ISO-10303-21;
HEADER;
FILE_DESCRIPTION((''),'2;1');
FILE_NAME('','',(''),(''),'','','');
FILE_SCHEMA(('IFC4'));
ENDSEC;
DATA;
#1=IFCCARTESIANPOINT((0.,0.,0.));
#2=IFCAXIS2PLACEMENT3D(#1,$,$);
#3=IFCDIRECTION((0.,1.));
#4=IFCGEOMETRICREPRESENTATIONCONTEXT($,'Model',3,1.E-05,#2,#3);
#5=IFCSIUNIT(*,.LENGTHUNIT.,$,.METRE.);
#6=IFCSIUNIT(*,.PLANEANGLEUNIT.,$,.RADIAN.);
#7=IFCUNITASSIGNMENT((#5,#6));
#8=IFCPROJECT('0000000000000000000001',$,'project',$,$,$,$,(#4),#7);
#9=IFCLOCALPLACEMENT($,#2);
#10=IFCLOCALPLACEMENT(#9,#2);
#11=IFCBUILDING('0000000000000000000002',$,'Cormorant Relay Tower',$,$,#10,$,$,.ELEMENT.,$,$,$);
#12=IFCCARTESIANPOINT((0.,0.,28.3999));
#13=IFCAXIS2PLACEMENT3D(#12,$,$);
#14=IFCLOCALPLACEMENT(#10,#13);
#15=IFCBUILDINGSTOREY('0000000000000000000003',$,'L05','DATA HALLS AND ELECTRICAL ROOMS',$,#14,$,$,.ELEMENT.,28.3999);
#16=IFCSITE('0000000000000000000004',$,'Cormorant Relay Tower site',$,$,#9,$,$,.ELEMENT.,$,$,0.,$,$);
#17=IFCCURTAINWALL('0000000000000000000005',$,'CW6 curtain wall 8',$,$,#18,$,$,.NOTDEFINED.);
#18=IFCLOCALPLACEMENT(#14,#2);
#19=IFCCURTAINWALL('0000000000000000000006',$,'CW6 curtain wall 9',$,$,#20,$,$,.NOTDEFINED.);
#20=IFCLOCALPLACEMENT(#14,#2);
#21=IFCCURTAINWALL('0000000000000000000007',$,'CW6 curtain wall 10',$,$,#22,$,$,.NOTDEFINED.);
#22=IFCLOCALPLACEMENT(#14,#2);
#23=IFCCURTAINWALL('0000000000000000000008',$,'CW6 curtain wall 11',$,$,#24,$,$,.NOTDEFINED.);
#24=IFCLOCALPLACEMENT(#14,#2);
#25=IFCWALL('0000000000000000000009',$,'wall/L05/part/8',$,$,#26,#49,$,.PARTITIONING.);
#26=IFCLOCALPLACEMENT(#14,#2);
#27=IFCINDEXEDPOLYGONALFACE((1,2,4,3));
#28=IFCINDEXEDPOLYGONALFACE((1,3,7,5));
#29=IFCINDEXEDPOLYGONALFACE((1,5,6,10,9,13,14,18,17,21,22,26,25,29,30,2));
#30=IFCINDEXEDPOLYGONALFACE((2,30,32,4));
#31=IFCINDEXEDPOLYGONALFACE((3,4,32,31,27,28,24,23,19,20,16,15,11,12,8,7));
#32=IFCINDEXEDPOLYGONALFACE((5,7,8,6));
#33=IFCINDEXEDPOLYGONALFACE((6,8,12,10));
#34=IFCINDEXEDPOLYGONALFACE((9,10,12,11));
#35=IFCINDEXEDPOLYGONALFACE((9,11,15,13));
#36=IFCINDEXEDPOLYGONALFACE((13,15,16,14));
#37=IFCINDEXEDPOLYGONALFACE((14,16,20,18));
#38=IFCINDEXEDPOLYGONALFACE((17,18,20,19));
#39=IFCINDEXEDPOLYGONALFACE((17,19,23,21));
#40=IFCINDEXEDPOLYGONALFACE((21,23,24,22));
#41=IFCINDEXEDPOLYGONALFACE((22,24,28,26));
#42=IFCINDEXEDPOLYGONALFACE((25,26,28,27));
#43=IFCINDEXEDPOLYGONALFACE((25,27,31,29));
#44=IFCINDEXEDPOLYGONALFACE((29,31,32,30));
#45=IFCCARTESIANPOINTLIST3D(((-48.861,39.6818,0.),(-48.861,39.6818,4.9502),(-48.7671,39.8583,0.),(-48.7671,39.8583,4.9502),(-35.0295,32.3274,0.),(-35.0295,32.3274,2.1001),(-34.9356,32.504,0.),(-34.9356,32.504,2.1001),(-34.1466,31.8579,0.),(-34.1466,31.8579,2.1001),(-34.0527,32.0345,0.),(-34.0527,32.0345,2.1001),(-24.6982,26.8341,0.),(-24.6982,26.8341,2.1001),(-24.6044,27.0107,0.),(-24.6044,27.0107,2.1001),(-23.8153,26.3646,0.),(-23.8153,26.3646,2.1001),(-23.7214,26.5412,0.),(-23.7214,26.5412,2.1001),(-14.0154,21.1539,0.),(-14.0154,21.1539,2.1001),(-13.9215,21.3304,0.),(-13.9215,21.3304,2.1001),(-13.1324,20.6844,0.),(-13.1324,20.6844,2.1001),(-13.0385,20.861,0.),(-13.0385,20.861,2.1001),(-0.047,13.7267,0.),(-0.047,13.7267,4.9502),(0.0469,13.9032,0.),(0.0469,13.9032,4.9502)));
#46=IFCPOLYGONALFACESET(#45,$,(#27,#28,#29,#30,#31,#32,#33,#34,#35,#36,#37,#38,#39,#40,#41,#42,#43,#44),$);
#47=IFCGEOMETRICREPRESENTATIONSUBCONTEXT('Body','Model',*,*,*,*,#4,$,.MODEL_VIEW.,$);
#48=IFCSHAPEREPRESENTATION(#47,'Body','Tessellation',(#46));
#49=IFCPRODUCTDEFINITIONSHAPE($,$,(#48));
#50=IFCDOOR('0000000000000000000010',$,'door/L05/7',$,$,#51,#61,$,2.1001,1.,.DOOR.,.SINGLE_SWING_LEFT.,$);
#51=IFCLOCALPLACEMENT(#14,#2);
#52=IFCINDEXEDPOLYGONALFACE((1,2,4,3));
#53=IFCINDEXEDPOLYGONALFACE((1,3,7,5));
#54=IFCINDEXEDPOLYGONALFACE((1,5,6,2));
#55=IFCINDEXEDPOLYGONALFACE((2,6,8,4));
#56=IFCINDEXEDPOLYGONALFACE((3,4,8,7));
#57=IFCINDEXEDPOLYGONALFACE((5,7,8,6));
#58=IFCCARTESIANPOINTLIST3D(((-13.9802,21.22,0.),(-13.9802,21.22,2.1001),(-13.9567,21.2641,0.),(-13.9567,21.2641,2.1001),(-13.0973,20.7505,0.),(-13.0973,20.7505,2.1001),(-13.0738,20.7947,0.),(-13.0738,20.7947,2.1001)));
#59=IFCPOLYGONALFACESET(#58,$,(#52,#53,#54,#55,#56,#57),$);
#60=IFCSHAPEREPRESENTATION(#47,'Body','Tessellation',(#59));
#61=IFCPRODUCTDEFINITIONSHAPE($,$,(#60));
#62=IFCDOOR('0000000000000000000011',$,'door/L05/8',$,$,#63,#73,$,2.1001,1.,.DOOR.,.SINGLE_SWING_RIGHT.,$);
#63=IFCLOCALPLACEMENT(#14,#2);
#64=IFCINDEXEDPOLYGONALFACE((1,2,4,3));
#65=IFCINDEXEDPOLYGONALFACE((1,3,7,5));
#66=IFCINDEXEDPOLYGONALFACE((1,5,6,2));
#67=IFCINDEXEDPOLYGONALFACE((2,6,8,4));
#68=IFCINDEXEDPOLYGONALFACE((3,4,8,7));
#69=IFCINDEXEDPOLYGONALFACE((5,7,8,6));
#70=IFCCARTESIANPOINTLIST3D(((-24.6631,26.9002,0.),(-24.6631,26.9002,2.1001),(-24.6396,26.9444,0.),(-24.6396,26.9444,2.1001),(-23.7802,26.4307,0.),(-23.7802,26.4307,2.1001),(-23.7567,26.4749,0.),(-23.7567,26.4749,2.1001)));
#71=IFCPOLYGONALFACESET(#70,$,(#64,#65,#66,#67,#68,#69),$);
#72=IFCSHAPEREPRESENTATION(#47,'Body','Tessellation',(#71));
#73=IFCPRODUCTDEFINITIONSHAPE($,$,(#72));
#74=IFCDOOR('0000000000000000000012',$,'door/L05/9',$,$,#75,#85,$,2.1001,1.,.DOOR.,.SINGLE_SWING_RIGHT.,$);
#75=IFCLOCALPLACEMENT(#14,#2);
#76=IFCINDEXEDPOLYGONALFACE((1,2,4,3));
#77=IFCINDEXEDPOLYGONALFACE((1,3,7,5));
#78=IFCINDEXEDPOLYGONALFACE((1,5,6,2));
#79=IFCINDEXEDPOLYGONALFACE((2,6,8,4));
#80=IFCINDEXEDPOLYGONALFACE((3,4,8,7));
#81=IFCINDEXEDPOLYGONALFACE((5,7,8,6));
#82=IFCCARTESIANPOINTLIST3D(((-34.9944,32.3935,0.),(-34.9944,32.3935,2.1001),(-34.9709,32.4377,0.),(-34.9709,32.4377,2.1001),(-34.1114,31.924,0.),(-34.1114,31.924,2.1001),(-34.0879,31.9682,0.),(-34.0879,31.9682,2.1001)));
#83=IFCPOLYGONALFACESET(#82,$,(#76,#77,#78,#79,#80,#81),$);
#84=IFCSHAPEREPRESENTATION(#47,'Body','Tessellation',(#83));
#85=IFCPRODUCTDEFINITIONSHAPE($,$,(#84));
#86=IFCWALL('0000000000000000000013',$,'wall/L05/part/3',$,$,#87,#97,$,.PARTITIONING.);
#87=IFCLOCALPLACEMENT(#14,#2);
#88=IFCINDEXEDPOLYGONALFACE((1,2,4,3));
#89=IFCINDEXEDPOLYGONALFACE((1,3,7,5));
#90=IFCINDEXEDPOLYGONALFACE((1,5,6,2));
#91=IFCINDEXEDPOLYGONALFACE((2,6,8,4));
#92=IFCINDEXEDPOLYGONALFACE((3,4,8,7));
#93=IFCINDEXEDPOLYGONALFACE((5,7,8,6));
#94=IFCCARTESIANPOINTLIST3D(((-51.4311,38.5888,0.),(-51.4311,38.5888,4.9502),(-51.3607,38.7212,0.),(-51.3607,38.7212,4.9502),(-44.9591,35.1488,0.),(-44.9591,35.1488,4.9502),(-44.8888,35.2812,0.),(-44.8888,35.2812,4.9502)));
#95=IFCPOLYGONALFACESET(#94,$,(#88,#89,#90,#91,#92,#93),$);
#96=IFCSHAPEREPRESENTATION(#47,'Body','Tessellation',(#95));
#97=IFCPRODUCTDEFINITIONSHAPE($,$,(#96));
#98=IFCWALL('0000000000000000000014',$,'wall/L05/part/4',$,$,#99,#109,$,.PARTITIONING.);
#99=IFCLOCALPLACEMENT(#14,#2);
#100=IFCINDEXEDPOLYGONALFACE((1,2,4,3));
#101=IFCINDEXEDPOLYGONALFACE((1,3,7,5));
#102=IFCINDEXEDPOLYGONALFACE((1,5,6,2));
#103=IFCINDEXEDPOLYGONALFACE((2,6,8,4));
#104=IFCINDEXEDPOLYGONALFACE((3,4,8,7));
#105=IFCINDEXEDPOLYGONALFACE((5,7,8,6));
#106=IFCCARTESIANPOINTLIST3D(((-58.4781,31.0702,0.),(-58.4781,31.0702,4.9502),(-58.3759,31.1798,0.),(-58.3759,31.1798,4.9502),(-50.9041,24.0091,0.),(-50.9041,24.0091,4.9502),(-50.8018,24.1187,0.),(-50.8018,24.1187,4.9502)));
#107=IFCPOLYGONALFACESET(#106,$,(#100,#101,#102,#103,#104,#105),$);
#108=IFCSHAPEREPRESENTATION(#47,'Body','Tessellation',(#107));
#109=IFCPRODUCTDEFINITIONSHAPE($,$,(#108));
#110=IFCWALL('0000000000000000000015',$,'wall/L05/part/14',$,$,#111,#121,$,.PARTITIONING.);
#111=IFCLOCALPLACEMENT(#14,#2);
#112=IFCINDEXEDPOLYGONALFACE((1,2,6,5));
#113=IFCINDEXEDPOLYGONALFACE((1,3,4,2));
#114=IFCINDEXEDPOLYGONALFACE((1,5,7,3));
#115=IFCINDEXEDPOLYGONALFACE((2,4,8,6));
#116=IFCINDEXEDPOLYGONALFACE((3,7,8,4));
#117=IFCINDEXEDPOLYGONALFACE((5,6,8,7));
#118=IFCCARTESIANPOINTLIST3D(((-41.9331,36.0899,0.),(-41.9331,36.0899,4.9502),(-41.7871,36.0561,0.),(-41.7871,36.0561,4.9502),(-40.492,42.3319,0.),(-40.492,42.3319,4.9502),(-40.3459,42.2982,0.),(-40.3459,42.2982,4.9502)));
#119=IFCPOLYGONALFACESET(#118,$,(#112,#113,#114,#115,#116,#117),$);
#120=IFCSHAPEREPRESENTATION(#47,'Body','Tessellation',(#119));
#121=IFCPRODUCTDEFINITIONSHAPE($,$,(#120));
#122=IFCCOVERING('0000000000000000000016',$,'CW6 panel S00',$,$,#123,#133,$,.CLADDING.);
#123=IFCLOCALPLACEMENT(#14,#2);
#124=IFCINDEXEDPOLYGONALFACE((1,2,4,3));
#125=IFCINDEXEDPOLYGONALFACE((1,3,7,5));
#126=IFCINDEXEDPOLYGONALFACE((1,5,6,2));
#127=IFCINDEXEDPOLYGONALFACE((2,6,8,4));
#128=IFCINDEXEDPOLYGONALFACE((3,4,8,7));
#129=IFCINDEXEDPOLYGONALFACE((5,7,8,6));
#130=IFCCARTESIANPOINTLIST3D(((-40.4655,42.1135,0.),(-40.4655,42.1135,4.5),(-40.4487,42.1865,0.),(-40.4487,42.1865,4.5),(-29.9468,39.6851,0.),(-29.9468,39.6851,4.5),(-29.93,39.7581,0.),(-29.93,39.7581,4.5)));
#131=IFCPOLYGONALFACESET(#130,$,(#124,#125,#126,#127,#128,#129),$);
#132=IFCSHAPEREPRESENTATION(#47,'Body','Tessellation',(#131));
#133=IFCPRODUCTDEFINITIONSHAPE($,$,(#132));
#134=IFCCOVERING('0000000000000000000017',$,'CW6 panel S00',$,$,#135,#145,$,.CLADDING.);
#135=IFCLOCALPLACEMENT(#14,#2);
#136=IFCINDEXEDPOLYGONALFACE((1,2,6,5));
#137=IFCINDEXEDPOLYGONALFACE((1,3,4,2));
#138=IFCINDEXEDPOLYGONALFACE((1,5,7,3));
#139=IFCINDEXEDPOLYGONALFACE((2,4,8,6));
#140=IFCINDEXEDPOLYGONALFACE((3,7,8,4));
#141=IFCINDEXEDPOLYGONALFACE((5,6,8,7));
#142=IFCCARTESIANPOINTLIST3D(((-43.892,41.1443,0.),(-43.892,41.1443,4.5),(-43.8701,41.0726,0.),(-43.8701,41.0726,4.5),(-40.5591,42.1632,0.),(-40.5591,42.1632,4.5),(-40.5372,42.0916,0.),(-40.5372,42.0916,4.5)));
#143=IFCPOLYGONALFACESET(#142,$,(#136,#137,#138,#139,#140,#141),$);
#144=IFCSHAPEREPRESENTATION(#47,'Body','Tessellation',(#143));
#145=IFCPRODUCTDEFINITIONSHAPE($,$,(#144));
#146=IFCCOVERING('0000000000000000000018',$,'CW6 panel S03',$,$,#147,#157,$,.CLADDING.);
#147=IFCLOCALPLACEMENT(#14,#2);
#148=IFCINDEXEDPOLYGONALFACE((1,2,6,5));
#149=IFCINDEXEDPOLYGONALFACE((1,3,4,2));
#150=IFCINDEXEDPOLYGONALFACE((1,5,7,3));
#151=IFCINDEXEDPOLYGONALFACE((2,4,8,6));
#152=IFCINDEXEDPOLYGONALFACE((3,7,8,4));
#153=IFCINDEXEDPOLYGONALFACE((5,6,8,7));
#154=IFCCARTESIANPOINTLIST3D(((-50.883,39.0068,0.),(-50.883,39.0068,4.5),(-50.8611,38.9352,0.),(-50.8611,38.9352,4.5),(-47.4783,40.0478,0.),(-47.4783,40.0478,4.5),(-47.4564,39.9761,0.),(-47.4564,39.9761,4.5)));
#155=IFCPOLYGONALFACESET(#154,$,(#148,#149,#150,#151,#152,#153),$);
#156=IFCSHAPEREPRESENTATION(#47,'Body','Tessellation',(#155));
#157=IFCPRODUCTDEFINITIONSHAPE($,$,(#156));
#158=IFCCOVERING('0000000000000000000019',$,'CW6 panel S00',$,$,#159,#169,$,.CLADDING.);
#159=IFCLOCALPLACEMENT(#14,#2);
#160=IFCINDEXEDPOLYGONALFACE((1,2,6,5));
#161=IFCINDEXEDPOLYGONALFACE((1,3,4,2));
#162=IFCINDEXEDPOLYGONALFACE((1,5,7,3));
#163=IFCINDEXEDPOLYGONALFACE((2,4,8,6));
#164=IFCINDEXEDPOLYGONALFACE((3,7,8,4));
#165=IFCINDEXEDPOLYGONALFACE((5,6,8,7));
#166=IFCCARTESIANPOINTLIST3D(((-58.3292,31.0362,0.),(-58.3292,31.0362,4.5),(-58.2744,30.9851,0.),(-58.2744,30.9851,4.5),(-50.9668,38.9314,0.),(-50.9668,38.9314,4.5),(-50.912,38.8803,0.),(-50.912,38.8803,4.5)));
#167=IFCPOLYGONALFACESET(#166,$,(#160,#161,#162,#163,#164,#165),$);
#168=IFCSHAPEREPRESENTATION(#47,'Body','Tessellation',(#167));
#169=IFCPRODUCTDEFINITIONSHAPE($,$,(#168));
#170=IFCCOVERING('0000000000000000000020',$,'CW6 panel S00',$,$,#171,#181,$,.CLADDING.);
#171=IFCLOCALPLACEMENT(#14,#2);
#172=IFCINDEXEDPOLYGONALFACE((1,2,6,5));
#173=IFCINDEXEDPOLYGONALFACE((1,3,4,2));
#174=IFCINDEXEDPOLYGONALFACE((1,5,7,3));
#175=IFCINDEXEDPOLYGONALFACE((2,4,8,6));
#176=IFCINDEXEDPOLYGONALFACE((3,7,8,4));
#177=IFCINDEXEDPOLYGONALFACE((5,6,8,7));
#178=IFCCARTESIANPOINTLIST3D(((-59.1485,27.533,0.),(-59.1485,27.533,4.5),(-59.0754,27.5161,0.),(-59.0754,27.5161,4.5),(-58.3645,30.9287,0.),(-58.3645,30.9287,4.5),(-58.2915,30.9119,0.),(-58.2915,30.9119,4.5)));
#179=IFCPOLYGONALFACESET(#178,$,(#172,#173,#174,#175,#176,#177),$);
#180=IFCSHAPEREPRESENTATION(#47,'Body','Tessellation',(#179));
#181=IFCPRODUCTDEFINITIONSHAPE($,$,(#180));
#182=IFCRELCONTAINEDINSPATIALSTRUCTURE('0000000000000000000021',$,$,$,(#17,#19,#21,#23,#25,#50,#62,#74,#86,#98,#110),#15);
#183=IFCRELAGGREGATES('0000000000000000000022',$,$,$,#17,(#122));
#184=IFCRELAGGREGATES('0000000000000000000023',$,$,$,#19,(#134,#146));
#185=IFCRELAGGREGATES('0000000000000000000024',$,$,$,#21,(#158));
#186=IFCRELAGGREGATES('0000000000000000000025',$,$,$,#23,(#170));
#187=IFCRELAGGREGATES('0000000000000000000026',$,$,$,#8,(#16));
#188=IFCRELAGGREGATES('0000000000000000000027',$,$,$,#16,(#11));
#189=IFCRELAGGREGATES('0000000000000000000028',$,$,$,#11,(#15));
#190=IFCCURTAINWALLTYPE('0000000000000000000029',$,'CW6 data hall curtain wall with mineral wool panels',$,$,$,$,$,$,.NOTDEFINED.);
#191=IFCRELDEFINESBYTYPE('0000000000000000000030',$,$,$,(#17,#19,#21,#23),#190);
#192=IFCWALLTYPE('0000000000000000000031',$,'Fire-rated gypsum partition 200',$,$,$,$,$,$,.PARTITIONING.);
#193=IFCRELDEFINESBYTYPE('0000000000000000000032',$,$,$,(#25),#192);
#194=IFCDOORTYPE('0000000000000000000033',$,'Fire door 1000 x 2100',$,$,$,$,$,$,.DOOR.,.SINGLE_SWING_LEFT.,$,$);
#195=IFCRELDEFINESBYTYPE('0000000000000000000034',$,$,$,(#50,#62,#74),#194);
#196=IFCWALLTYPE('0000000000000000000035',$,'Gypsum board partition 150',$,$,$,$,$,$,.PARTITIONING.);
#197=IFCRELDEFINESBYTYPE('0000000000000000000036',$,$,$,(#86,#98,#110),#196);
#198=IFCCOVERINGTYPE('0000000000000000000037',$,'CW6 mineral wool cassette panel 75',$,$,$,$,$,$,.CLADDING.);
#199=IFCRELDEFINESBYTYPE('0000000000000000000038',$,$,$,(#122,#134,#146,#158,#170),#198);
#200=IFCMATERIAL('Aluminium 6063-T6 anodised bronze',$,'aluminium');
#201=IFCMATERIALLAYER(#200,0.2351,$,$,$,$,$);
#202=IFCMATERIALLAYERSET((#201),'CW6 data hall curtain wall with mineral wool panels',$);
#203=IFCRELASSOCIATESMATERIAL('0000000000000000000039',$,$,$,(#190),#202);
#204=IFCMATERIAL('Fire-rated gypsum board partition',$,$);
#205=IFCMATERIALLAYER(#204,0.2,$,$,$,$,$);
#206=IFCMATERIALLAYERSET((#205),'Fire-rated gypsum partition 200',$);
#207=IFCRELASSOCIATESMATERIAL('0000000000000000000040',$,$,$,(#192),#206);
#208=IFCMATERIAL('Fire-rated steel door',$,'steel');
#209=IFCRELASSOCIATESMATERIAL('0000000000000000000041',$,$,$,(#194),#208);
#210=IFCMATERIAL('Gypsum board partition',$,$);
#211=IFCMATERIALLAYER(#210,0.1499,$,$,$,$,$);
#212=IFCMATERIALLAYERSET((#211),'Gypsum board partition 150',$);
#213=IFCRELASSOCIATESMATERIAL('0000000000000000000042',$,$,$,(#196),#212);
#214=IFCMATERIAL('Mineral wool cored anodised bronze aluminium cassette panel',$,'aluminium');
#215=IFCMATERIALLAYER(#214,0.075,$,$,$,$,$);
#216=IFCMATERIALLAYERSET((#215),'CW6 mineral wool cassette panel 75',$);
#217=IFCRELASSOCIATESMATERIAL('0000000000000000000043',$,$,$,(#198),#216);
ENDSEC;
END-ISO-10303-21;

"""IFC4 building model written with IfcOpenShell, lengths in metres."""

from ifc_helpers import new_model, si_unit, direction, frame, frame_2d, origin, origin_2d, place, context, subcontext, project, spatial, rectangle, extrude, material, layer, layer_set, type_object, element, fill, aggregate, save


model = new_model("IFC4")

# Units and contexts
model_context = context("Model", 3, precision=1e-05, world=origin(), true_north=direction((0.0, 1.0)))
body_context = subcontext(model_context, "Body", "Model", "MODEL_VIEW")
ifc_project = project(units=[si_unit("LENGTHUNIT", "METRE"), si_unit("PLANEANGLEUNIT", "RADIAN")], contexts=[model_context])

# Site, building, storey
site_placement = place(None, origin())
site = spatial("IfcSite", under=ifc_project, at=site_placement, Name="Cormorant Relay Tower site", CompositionType="ELEMENT", RefElevation=0.0)
building_placement = place(site_placement, origin())
building = spatial("IfcBuilding", under=site, at=building_placement, Name="Cormorant Relay Tower", CompositionType="ELEMENT")
storey_placement = place(building_placement, frame((0.0, 0.0, 28.3999)))
storey = spatial("IfcBuildingStorey", under=building, at=storey_placement, Name="L05", Description="DATA HALLS AND ELECTRICAL ROOMS", CompositionType="ELEMENT", Elevation=28.3999)

# Curtain wall
ifc_material_1 = material(Name="Aluminium 6063-T6 anodised bronze", Category="aluminium")
ifc_layer_1 = layer(ifc_material_1, 0.2351)
ifc_layer_set_1 = layer_set([ifc_layer_1], Name="CW6 data hall curtain wall with mineral wool panels")
curtain_wall_type = type_object("IfcCurtainWallType", Name="CW6 data hall curtain wall with mineral wool panels", PredefinedType="NOTDEFINED", material=ifc_layer_set_1)
curtain_wall_1_placement = place(storey_placement, origin())
curtain_wall_1 = element("IfcCurtainWall", 1, at=curtain_wall_1_placement, inside=storey, type_object=curtain_wall_type, Name="CW6 curtain wall 8", PredefinedType="NOTDEFINED")

# Curtain walls
curtain_wall_2_placement = place(storey_placement, origin())
curtain_wall_2 = element("IfcCurtainWall", 2, at=curtain_wall_2_placement, inside=storey, type_object=curtain_wall_type, Name="CW6 curtain wall 9", PredefinedType="NOTDEFINED")
curtain_wall_3_placement = place(storey_placement, origin())
curtain_wall_3 = element("IfcCurtainWall", 3, at=curtain_wall_3_placement, inside=storey, type_object=curtain_wall_type, Name="CW6 curtain wall 10", PredefinedType="NOTDEFINED")

# Curtain wall
curtain_wall_4_placement = place(storey_placement, origin())
curtain_wall_4 = element("IfcCurtainWall", 4, at=curtain_wall_4_placement, inside=storey, type_object=curtain_wall_type, Name="CW6 curtain wall 11", PredefinedType="NOTDEFINED")

# Wall, openings, doors
ifc_material_2 = material(Name="Fire-rated gypsum board partition")
ifc_layer_2 = layer(ifc_material_2, 0.2)
ifc_layer_set_2 = layer_set([ifc_layer_2], Name="Fire-rated gypsum partition 200")
wall_type_1 = type_object("IfcWallType", Name="Fire-rated gypsum partition 200", PredefinedType="PARTITIONING", material=ifc_layer_set_2)
wall_1_placement = place(storey_placement, frame((-48.814, 39.77, 0.0), z_axis=(0.0, 0.0, 1.0), x_axis=(0.882946, -0.469475, 0.0)))
wall_1 = element("IfcWall", 5, at=wall_1_placement, inside=storey, type_object=wall_type_1, Name="wall/L05/part/8", PredefinedType="PARTITIONING", context=body_context, shape_type="SweptSolid", body=[
    extrude(rectangle(XDim=55.2854, YDim=0.2, at=frame_2d((27.6426, 0.0))), origin(), (0.0, 0.0, 1.0), 4.9502),
])
opening_1_placement = place(wall_1_placement, frame((39.4651, 0.0, 0.0)))
opening_1 = element("IfcOpeningElement", 6, at=opening_1_placement, cuts=wall_1, PredefinedType="OPENING", context=body_context, shape_type="SweptSolid", body=[
    extrude(rectangle(XDim=1.0, YDim=2.1001, at=frame_2d((0.5, 1.05))), frame((0.0, 0.1099, 0.0), z_axis=(0.0, -1.0, 0.0), x_axis=(1.0, 0.0, 0.0)), (0.0, 0.0, 1.0), 0.22),
])
opening_2_placement = place(wall_1_placement, frame((27.366, 0.0, 0.0)))
opening_2 = element("IfcOpeningElement", 7, at=opening_2_placement, cuts=wall_1, PredefinedType="OPENING", context=body_context, shape_type="SweptSolid", body=[
    extrude(rectangle(XDim=1.0, YDim=2.1001, at=frame_2d((0.5, 1.05))), frame((0.0, 0.1099, 0.0), z_axis=(0.0, -1.0, 0.0), x_axis=(1.0, 0.0, 0.0)), (0.0, 0.0, 1.0), 0.22),
])
opening_3_placement = place(wall_1_placement, frame((15.665, 0.0, 0.0)))
opening_3 = element("IfcOpeningElement", 8, at=opening_3_placement, cuts=wall_1, PredefinedType="OPENING", context=body_context, shape_type="SweptSolid", body=[
    extrude(rectangle(XDim=1.0, YDim=2.1001, at=frame_2d((0.5, 1.05))), frame((0.0, 0.1099, 0.0), z_axis=(0.0, -1.0, 0.0), x_axis=(1.0, 0.0, 0.0)), (0.0, 0.0, 1.0), 0.22),
])
ifc_material_3 = material(Name="Fire-rated steel door", Category="steel")
door_type_1 = type_object("IfcDoorType", Name="Fire door 1000 x 2100", OperationType="SINGLE_SWING_LEFT", PredefinedType="DOOR", material=ifc_material_3)
door_1_placement = place(opening_1_placement, origin())
door_1 = element("IfcDoor", 9, at=door_1_placement, inside=storey, type_object=door_type_1, Name="door/L05/7", OperationType="SINGLE_SWING_LEFT", OverallHeight=2.1001, OverallWidth=1.0, PredefinedType="DOOR", context=body_context, shape_type="SweptSolid", body=[
    extrude(rectangle(XDim=1.0, YDim=2.1001, at=frame_2d((0.5, 1.05))), frame((0.0, 0.0249, 0.0), z_axis=(0.0, -1.0, 0.0), x_axis=(1.0, 0.0, 0.0)), (0.0, 0.0, 1.0), 0.05),
])
fill(opening_1, door_1)
door_2_placement = place(opening_2_placement, origin())
door_2 = element("IfcDoor", 10, at=door_2_placement, inside=storey, type_object=door_type_1, Name="door/L05/8", OperationType="SINGLE_SWING_RIGHT", OverallHeight=2.1001, OverallWidth=1.0, PredefinedType="DOOR", context=body_context, shape_type="SweptSolid", body=[
    extrude(rectangle(XDim=1.0, YDim=2.1001, at=frame_2d((0.5, 1.05))), frame((0.0, 0.0249, 0.0), z_axis=(0.0, -1.0, 0.0), x_axis=(1.0, 0.0, 0.0)), (0.0, 0.0, 1.0), 0.05),
])
fill(opening_2, door_2)
door_3_placement = place(opening_3_placement, origin())
door_3 = element("IfcDoor", 11, at=door_3_placement, inside=storey, type_object=door_type_1, Name="door/L05/9", OperationType="SINGLE_SWING_RIGHT", OverallHeight=2.1001, OverallWidth=1.0, PredefinedType="DOOR", context=body_context, shape_type="SweptSolid", body=[
    extrude(rectangle(XDim=1.0, YDim=2.1001, at=frame_2d((0.5, 1.05))), frame((0.0, 0.0249, 0.0), z_axis=(0.0, -1.0, 0.0), x_axis=(1.0, 0.0, 0.0)), (0.0, 0.0, 1.0), 0.05),
])
fill(opening_3, door_3)

# Walls
ifc_material_4 = material(Name="Gypsum board partition")
ifc_layer_3 = layer(ifc_material_4, 0.1499)
ifc_layer_set_3 = layer_set([ifc_layer_3], Name="Gypsum board partition 150")
wall_type_2 = type_object("IfcWallType", Name="Gypsum board partition 150", PredefinedType="PARTITIONING", material=ifc_layer_set_3)
wall_2_placement = place(storey_placement, frame((-44.9241, 35.2151, 0.0), z_axis=(0.0, 0.0, 1.0), x_axis=(-0.883018, 0.469339, 0.0)))
element("IfcWall", 12, at=wall_2_placement, inside=storey, type_object=wall_type_2, Name="wall/L05/part/3", PredefinedType="PARTITIONING", context=body_context, shape_type="SweptSolid", body=[
    extrude(rectangle(XDim=7.3293, YDim=0.1499, at=frame_2d((3.6646, 0.0))), origin(), (0.0, 0.0, 1.0), 4.9502),
])
wall_3_placement = place(storey_placement, frame((-58.427, 31.125, 0.0), z_axis=(0.0, 0.0, 1.0), x_axis=(0.731441, -0.681905, 0.0)))
element("IfcWall", 13, at=wall_3_placement, inside=storey, type_object=wall_type_2, Name="wall/L05/part/4", PredefinedType="PARTITIONING", context=body_context, shape_type="SweptSolid", body=[
    extrude(rectangle(XDim=10.355, YDim=0.1499, at=frame_2d((5.1775, 0.0))), origin(), (0.0, 0.0, 1.0), 4.9502),
])
wall_4_placement = place(storey_placement, frame((-41.8601, 36.073, 0.0), z_axis=(0.0, 0.0, 1.0), x_axis=(0.224965, 0.974367, 0.0)))
element("IfcWall", 14, at=wall_4_placement, inside=storey, type_object=wall_type_2, Name="wall/L05/part/14", PredefinedType="PARTITIONING", context=body_context, shape_type="SweptSolid", body=[
    extrude(rectangle(XDim=6.4062, YDim=0.1499, at=frame_2d((3.2031, 0.0))), origin(), (0.0, 0.0, 1.0), 4.9502),
])

# Coverings
ifc_material_5 = material(Name="Mineral wool cored anodised bronze aluminium cassette panel", Category="aluminium")
ifc_layer_4 = layer(ifc_material_5, 0.075)
ifc_layer_set_4 = layer_set([ifc_layer_4], Name="CW6 mineral wool cassette panel 75")
covering_type = type_object("IfcCoveringType", Name="CW6 mineral wool cassette panel 75", PredefinedType="CLADDING", material=ifc_layer_set_4)
covering_1_placement = place(storey_placement, frame((-35.1978, 40.9358, 0.0), z_axis=(0.0, 0.0, 1.0), x_axis=(-0.97437, 0.224951, 0.0)))
covering_1 = element("IfcCovering", 15, at=covering_1_placement, type_object=covering_type, Name="CW6 panel S00", PredefinedType="CLADDING", context=body_context, shape_type="SweptSolid", body=[
    extrude(rectangle(XDim=10.7954, YDim=0.075, at=origin_2d()), origin(), (0.0, 0.0, 1.0), 4.5),
])
aggregate(curtain_wall_1, [covering_1])
covering_2_placement = place(storey_placement, frame((-42.2146, 41.6179, 0.0), z_axis=(0.0, 0.0, 1.0), x_axis=(-0.956305, -0.292372, 0.0)))
covering_2 = element("IfcCovering", 16, at=covering_2_placement, type_object=covering_type, Name="CW6 panel S00", PredefinedType="CLADDING", context=body_context, shape_type="SweptSolid", body=[
    extrude(rectangle(XDim=3.4851, YDim=0.075, at=origin_2d()), origin(), (0.0, 0.0, 1.0), 4.5),
])
covering_3_placement = place(storey_placement, frame((-49.1697, 39.4915, 0.0), z_axis=(0.0, 0.0, 1.0), x_axis=(-0.956305, -0.292372, 0.0)))
covering_3 = element("IfcCovering", 17, at=covering_3_placement, type_object=covering_type, Name="CW6 panel S03", PredefinedType="CLADDING", context=body_context, shape_type="SweptSolid", body=[
    extrude(rectangle(XDim=3.5603, YDim=0.075, at=origin_2d()), origin(), (0.0, 0.0, 1.0), 4.5),
])
aggregate(curtain_wall_2, [covering_2, covering_3])
covering_4_placement = place(storey_placement, frame((-54.6206, 34.9583, 0.0), z_axis=(0.0, 0.0, 1.0), x_axis=(-0.681998, -0.731354, 0.0)))
covering_4 = element("IfcCovering", 18, at=covering_4_placement, type_object=covering_type, Name="CW6 panel S00", PredefinedType="CLADDING", context=body_context, shape_type="SweptSolid", body=[
    extrude(rectangle(XDim=10.7954, YDim=0.075, at=origin_2d()), origin(), (0.0, 0.0, 1.0), 4.5),
])
aggregate(curtain_wall_3, [covering_4])
covering_5_placement = place(storey_placement, frame((-58.72, 29.2224, 0.0), z_axis=(0.0, 0.0, 1.0), x_axis=(-0.224951, -0.97437, 0.0)))
covering_5 = element("IfcCovering", 19, at=covering_5_placement, type_object=covering_type, Name="CW6 panel S00", PredefinedType="CLADDING", context=body_context, shape_type="SweptSolid", body=[
    extrude(rectangle(XDim=3.4851, YDim=0.075, at=origin_2d()), origin(), (0.0, 0.0, 1.0), 4.5),
])
aggregate(curtain_wall_4, [covering_5])

save(model, "model.ifc")
